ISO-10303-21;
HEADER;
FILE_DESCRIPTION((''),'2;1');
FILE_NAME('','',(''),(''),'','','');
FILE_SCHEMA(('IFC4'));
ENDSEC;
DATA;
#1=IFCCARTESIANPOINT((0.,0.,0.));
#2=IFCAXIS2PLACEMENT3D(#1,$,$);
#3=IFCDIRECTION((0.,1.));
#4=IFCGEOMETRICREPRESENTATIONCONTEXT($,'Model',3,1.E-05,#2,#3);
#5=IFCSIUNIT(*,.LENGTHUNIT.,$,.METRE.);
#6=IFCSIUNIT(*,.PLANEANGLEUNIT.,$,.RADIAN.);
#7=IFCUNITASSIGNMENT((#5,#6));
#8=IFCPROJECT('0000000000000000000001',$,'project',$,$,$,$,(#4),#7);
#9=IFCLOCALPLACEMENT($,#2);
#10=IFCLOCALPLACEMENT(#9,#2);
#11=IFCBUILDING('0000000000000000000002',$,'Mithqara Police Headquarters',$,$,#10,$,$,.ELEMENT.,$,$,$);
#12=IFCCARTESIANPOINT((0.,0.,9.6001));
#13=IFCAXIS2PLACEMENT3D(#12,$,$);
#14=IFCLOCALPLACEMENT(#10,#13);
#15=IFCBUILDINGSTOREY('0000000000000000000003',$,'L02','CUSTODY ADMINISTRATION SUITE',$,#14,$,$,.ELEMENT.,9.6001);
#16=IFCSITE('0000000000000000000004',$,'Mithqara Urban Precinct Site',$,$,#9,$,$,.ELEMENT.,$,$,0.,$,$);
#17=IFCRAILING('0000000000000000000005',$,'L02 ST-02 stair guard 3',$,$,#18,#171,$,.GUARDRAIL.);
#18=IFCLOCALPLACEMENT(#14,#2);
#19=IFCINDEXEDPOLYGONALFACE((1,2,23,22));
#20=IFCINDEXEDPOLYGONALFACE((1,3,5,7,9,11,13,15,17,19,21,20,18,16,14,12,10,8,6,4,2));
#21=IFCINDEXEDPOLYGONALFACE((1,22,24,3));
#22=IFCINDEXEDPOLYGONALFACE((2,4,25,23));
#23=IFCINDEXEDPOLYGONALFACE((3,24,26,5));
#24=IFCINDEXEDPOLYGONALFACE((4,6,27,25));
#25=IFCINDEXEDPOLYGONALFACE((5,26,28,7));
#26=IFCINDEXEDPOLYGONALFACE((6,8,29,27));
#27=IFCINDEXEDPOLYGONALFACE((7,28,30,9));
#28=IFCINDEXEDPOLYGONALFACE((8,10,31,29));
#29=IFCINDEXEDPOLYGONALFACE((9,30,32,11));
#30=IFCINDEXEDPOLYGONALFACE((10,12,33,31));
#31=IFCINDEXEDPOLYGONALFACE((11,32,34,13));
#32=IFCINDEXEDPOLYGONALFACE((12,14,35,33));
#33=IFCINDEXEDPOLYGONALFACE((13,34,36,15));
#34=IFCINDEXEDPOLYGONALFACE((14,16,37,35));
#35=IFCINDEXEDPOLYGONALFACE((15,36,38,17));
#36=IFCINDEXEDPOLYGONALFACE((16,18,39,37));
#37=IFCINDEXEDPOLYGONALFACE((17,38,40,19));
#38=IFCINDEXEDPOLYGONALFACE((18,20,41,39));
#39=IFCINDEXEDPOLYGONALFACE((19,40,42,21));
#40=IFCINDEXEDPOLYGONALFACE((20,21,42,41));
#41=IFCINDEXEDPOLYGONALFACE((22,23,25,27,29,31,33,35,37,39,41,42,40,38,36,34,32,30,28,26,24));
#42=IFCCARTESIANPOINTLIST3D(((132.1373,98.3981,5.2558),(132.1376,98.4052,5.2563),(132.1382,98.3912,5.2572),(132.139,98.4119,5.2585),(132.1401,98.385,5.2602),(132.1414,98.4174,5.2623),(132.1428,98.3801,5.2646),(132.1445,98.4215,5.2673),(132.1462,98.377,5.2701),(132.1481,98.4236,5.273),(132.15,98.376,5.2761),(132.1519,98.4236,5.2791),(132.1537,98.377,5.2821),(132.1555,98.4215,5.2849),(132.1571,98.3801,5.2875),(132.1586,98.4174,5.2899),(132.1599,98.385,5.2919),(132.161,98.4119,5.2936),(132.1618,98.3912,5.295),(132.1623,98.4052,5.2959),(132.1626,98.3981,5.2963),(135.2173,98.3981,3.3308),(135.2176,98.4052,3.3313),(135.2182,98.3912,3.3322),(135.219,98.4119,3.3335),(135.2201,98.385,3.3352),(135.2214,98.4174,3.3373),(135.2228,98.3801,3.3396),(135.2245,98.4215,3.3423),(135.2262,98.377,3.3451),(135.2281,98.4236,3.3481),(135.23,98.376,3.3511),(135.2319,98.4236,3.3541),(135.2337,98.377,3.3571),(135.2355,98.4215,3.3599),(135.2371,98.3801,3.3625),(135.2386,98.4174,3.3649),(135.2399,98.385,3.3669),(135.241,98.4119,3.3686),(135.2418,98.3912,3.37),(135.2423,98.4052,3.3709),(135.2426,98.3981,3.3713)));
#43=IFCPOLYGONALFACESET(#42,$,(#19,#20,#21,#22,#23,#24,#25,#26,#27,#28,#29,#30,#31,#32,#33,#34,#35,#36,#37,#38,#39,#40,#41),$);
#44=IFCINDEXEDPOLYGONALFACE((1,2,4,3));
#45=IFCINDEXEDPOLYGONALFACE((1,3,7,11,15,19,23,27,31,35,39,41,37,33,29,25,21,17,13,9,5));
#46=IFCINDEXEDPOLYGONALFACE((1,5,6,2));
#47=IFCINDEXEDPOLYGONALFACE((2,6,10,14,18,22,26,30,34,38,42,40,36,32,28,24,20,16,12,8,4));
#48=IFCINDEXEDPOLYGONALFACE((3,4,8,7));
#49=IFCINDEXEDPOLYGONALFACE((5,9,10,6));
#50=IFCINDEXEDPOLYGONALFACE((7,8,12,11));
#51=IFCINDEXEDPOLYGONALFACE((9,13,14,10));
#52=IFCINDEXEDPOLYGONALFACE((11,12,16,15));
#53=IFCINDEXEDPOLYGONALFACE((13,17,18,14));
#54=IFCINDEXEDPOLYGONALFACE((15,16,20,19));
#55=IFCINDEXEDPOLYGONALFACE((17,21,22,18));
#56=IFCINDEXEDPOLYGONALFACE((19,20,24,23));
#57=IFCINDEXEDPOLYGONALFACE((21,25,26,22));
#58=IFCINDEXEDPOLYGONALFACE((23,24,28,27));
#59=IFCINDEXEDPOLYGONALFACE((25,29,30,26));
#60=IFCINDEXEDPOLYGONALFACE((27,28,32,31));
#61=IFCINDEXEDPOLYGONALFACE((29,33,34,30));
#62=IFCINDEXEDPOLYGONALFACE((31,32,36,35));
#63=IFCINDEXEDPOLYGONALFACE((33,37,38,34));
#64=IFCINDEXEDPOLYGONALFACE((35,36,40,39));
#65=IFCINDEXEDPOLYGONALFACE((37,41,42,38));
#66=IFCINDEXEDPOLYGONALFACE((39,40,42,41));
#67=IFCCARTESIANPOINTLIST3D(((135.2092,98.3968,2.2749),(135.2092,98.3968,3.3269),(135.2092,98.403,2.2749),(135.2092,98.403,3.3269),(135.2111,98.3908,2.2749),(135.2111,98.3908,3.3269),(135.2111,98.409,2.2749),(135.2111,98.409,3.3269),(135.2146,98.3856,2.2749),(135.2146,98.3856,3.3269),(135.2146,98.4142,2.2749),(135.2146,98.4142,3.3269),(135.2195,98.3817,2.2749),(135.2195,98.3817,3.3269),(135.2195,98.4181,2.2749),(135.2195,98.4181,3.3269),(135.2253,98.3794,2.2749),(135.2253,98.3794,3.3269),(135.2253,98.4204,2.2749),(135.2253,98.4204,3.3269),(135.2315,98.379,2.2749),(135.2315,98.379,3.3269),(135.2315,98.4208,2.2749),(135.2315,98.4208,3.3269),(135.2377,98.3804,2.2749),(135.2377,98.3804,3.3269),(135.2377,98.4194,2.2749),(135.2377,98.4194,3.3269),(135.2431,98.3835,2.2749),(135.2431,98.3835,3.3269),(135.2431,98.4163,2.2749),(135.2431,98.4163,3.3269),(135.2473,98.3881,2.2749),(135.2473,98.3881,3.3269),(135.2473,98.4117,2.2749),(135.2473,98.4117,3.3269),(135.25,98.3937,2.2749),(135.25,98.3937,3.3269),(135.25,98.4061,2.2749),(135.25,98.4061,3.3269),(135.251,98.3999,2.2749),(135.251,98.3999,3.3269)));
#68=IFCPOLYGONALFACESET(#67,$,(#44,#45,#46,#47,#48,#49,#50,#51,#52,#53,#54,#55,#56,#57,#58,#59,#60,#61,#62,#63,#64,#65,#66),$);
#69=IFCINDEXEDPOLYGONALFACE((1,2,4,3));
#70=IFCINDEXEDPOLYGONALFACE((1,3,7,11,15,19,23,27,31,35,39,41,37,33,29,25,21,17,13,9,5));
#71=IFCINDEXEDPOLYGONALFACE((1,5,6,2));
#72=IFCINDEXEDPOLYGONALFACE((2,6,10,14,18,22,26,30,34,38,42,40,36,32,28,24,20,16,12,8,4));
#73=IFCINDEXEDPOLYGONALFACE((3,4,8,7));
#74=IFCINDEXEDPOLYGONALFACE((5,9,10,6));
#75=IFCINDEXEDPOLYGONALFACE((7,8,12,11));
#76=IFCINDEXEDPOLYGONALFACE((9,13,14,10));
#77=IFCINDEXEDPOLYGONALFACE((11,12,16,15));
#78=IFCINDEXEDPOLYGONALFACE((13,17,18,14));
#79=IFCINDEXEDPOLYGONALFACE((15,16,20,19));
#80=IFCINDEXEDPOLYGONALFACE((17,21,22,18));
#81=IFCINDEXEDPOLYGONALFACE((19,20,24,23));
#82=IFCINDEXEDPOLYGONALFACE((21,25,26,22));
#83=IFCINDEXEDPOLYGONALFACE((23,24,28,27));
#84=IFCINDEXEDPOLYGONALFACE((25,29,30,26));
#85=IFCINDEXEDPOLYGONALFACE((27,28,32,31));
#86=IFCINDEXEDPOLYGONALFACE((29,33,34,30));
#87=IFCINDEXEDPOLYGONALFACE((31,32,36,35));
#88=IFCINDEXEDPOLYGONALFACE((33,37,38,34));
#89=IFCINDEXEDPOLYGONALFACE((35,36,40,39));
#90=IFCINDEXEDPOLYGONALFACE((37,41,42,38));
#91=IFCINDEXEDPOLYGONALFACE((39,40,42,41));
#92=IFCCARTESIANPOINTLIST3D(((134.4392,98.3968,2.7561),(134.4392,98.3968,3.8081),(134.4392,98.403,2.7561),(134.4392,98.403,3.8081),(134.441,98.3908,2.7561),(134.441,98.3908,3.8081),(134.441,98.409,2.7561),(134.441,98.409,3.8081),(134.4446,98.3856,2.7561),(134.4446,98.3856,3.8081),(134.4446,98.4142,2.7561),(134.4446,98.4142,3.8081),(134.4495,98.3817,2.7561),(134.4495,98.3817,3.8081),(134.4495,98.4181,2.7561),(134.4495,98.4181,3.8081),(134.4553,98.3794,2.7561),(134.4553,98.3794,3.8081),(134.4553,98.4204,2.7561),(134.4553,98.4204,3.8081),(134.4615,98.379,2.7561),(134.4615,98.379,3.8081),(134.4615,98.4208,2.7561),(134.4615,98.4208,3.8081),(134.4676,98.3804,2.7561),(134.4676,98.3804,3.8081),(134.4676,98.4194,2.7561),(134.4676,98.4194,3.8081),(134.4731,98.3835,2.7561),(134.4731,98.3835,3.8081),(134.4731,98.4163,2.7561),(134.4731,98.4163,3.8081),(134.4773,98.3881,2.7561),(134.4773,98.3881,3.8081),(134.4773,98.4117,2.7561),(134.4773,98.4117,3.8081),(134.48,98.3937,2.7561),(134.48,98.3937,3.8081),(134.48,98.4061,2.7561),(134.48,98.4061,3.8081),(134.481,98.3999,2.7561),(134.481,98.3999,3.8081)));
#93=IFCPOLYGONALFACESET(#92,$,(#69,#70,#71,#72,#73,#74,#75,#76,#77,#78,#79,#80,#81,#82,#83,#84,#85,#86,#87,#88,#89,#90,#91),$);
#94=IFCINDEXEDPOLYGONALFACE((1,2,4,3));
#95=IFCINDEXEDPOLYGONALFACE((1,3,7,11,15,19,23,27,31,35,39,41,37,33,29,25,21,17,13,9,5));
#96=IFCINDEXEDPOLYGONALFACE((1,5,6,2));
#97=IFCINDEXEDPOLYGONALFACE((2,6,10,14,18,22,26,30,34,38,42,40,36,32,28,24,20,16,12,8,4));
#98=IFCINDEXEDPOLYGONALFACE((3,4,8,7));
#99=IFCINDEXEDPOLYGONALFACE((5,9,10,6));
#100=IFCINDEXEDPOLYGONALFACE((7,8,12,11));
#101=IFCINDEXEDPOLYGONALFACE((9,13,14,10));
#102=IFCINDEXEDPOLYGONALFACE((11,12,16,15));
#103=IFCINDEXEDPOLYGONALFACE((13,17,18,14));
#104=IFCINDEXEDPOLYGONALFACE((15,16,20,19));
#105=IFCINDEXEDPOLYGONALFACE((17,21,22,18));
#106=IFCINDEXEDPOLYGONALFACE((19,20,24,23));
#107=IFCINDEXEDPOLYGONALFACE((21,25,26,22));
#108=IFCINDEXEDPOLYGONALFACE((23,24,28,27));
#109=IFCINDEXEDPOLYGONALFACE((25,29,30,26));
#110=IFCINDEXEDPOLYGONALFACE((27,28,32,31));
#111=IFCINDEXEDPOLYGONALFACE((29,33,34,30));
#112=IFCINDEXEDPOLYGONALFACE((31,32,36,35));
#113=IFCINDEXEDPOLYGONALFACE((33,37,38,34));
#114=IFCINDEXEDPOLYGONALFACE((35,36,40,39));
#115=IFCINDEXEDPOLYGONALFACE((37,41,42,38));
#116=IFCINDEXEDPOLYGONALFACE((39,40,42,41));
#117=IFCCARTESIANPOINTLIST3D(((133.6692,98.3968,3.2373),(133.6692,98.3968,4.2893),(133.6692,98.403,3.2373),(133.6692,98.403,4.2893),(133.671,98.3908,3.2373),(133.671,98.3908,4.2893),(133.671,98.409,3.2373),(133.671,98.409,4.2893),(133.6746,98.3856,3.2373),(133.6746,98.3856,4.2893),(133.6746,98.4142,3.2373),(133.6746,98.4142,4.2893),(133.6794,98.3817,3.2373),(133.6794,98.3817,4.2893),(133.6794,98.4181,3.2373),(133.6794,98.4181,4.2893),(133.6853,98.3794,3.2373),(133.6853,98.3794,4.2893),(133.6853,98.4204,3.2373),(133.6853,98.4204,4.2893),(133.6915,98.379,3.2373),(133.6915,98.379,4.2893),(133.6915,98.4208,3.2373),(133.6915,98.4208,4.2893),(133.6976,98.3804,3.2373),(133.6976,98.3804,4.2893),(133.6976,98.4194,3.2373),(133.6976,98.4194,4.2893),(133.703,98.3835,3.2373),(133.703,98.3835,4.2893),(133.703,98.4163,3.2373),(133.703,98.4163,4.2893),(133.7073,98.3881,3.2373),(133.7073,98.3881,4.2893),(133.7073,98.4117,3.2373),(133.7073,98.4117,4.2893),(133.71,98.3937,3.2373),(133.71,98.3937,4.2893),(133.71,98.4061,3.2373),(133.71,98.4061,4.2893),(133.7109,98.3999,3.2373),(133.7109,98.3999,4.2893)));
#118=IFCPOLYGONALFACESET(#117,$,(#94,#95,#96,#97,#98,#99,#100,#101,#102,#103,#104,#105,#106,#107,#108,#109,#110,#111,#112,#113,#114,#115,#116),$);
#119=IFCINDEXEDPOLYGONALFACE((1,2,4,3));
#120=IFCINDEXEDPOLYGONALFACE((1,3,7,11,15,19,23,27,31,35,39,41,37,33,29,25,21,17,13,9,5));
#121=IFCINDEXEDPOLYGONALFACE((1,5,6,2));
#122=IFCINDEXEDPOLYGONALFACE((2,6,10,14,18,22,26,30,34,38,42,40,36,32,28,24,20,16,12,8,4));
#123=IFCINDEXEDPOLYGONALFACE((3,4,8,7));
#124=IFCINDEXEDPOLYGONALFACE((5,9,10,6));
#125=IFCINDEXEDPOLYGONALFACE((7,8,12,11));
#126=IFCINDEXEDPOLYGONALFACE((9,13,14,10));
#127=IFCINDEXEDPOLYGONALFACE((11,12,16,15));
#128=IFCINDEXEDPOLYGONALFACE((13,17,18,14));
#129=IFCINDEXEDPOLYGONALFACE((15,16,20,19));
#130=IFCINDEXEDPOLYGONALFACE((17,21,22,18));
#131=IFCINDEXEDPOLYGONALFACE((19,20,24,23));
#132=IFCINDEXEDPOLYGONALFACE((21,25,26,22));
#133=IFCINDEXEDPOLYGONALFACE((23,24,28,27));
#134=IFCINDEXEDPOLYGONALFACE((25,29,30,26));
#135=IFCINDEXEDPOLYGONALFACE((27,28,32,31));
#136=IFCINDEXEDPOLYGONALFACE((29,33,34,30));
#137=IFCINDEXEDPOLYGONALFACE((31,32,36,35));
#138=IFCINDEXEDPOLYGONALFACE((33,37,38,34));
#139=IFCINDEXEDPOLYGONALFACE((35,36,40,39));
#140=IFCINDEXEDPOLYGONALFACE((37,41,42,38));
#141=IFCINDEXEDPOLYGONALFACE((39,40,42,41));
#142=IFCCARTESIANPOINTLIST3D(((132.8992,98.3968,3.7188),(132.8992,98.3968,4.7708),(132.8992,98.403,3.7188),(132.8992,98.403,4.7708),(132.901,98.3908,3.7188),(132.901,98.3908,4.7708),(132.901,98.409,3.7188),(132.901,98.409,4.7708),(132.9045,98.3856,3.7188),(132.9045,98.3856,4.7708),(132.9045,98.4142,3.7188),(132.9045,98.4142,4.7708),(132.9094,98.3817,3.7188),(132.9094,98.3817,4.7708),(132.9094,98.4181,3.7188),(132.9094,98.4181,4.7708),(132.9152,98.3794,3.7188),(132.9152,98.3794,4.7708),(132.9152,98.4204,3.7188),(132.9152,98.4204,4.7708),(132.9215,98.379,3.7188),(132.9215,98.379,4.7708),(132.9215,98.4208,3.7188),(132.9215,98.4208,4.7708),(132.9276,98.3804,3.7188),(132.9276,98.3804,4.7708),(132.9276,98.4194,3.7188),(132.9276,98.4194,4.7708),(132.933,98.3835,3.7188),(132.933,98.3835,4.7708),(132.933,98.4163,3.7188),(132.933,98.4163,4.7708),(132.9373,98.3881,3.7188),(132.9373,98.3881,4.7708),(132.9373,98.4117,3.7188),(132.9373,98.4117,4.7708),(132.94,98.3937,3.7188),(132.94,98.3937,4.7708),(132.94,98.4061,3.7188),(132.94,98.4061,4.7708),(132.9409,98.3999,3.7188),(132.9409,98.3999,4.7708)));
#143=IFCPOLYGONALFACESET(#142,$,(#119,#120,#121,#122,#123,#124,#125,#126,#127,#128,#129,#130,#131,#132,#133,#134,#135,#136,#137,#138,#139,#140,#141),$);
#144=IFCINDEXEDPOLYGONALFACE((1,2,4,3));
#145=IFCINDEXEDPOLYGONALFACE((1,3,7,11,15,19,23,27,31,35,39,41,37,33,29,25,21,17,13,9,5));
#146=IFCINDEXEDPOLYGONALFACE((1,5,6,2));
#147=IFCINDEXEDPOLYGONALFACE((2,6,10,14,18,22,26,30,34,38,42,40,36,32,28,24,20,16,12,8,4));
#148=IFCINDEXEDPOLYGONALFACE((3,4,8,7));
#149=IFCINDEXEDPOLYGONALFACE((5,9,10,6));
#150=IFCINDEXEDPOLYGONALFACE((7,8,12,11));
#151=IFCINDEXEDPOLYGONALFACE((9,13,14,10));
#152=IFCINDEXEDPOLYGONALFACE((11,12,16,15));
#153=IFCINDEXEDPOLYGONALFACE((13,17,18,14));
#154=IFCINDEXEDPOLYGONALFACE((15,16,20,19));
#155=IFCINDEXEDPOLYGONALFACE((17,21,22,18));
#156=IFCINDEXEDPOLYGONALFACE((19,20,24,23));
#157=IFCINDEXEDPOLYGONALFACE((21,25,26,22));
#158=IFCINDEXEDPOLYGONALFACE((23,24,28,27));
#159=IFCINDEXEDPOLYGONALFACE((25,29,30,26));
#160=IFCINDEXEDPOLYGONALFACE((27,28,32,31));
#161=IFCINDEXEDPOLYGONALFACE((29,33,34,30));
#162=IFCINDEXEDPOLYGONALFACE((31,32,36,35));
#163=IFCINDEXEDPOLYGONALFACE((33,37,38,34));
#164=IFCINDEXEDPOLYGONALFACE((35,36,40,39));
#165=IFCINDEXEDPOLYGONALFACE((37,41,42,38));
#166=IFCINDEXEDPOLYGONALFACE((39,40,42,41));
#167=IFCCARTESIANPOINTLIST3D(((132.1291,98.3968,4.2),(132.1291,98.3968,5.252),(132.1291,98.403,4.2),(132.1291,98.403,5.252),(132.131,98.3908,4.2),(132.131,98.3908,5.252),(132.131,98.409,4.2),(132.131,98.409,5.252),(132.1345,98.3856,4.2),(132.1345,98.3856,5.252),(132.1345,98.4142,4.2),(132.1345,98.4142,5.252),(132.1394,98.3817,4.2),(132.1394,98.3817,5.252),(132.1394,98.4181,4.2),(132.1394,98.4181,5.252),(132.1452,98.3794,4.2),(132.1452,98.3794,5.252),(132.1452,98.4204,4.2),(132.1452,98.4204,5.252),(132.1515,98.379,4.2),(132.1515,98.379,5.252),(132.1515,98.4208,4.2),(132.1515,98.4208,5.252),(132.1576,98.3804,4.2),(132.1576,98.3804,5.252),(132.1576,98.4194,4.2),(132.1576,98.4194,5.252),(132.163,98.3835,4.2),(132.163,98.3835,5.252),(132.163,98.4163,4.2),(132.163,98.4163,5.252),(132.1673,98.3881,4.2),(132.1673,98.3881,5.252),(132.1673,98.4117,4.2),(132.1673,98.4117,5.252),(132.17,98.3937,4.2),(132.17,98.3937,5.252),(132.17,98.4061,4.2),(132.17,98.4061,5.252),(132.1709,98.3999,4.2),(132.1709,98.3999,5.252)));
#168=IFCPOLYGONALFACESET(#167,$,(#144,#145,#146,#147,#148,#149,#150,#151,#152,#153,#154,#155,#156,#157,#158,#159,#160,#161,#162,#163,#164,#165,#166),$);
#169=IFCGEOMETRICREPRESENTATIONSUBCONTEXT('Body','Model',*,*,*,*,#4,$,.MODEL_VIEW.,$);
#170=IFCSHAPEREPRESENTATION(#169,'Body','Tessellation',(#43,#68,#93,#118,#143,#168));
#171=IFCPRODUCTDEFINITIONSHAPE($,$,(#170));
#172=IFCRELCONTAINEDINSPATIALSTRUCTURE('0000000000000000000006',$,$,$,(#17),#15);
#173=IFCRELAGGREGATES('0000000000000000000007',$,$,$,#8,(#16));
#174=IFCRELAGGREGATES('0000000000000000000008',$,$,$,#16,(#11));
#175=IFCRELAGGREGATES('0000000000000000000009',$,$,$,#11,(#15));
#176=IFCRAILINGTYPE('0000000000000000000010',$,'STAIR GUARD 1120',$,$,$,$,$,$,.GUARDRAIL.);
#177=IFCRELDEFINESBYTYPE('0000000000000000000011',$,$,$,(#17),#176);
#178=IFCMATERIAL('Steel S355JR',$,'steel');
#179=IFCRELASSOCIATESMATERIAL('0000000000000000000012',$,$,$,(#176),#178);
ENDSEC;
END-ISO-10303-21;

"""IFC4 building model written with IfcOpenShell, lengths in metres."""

from ifc_helpers import new_model, si_unit, direction, frame, origin, origin_2d, place, context, subcontext, project, spatial, circle, extrude, material, type_object, element, save


model = new_model("IFC4")

# Units and contexts
model_context = context("Model", 3, precision=1e-05, world=origin(), true_north=direction((0.0, 1.0)))
body_context = subcontext(model_context, "Body", "Model", "MODEL_VIEW")
ifc_project = project(units=[si_unit("LENGTHUNIT", "METRE"), si_unit("PLANEANGLEUNIT", "RADIAN")], contexts=[model_context])

# Site, building, storey
site_placement = place(None, origin())
site = spatial("IfcSite", under=ifc_project, at=site_placement, Name="Mithqara Urban Precinct Site", CompositionType="ELEMENT", RefElevation=0.0)
building_placement = place(site_placement, origin())
building = spatial("IfcBuilding", under=site, at=building_placement, Name="Mithqara Police Headquarters", CompositionType="ELEMENT")
storey_placement = place(building_placement, frame((0.0, 0.0, 9.6001)))
storey = spatial("IfcBuildingStorey", under=building, at=storey_placement, Name="L02", Description="CUSTODY ADMINISTRATION SUITE", CompositionType="ELEMENT", Elevation=9.6001)

# Shared definitions
ifc_material_1 = material(Name="Steel S355JR", Category="steel")

# Railing
railing_type_1 = type_object("IfcRailingType", Name="STAIR GUARD 1120", PredefinedType="GUARDRAIL", material=ifc_material_1)
railing_1_placement = place(storey_placement, frame((135.23, 98.3999, 2.2749)))
element("IfcRailing", 1, at=railing_1_placement, inside=storey, type_object=railing_type_1, Name="L02 ST-02 stair guard 3", PredefinedType="GUARDRAIL", context=body_context, shape_type="SweptSolid", body=[
    extrude(circle(Radius=0.0239, at=origin_2d()), frame((0.0, 0.0, 1.0762), z_axis=(-0.847998, 0.0, 0.529999), x_axis=(0.0, -1.0, 0.0)), (0.0, 0.0, 1.0), 3.6321),
    extrude(circle(Radius=0.021, at=origin_2d()), origin(), (0.0, 0.0, 1.0), 1.052),
    extrude(circle(Radius=0.021, at=origin_2d()), frame((-0.77, 0.0, 0.4812)), (0.0, 0.0, 1.0), 1.052),
    extrude(circle(Radius=0.021, at=origin_2d()), frame((-1.54, 0.0, 0.9624)), (0.0, 0.0, 1.0), 1.052),
    extrude(circle(Radius=0.021, at=origin_2d()), frame((-2.3101, 0.0, 1.4438)), (0.0, 0.0, 1.0), 1.052),
    extrude(circle(Radius=0.021, at=origin_2d()), frame((-3.0801, 0.0, 1.925)), (0.0, 0.0, 1.0), 1.052),
])

save(model, "model.ifc")
